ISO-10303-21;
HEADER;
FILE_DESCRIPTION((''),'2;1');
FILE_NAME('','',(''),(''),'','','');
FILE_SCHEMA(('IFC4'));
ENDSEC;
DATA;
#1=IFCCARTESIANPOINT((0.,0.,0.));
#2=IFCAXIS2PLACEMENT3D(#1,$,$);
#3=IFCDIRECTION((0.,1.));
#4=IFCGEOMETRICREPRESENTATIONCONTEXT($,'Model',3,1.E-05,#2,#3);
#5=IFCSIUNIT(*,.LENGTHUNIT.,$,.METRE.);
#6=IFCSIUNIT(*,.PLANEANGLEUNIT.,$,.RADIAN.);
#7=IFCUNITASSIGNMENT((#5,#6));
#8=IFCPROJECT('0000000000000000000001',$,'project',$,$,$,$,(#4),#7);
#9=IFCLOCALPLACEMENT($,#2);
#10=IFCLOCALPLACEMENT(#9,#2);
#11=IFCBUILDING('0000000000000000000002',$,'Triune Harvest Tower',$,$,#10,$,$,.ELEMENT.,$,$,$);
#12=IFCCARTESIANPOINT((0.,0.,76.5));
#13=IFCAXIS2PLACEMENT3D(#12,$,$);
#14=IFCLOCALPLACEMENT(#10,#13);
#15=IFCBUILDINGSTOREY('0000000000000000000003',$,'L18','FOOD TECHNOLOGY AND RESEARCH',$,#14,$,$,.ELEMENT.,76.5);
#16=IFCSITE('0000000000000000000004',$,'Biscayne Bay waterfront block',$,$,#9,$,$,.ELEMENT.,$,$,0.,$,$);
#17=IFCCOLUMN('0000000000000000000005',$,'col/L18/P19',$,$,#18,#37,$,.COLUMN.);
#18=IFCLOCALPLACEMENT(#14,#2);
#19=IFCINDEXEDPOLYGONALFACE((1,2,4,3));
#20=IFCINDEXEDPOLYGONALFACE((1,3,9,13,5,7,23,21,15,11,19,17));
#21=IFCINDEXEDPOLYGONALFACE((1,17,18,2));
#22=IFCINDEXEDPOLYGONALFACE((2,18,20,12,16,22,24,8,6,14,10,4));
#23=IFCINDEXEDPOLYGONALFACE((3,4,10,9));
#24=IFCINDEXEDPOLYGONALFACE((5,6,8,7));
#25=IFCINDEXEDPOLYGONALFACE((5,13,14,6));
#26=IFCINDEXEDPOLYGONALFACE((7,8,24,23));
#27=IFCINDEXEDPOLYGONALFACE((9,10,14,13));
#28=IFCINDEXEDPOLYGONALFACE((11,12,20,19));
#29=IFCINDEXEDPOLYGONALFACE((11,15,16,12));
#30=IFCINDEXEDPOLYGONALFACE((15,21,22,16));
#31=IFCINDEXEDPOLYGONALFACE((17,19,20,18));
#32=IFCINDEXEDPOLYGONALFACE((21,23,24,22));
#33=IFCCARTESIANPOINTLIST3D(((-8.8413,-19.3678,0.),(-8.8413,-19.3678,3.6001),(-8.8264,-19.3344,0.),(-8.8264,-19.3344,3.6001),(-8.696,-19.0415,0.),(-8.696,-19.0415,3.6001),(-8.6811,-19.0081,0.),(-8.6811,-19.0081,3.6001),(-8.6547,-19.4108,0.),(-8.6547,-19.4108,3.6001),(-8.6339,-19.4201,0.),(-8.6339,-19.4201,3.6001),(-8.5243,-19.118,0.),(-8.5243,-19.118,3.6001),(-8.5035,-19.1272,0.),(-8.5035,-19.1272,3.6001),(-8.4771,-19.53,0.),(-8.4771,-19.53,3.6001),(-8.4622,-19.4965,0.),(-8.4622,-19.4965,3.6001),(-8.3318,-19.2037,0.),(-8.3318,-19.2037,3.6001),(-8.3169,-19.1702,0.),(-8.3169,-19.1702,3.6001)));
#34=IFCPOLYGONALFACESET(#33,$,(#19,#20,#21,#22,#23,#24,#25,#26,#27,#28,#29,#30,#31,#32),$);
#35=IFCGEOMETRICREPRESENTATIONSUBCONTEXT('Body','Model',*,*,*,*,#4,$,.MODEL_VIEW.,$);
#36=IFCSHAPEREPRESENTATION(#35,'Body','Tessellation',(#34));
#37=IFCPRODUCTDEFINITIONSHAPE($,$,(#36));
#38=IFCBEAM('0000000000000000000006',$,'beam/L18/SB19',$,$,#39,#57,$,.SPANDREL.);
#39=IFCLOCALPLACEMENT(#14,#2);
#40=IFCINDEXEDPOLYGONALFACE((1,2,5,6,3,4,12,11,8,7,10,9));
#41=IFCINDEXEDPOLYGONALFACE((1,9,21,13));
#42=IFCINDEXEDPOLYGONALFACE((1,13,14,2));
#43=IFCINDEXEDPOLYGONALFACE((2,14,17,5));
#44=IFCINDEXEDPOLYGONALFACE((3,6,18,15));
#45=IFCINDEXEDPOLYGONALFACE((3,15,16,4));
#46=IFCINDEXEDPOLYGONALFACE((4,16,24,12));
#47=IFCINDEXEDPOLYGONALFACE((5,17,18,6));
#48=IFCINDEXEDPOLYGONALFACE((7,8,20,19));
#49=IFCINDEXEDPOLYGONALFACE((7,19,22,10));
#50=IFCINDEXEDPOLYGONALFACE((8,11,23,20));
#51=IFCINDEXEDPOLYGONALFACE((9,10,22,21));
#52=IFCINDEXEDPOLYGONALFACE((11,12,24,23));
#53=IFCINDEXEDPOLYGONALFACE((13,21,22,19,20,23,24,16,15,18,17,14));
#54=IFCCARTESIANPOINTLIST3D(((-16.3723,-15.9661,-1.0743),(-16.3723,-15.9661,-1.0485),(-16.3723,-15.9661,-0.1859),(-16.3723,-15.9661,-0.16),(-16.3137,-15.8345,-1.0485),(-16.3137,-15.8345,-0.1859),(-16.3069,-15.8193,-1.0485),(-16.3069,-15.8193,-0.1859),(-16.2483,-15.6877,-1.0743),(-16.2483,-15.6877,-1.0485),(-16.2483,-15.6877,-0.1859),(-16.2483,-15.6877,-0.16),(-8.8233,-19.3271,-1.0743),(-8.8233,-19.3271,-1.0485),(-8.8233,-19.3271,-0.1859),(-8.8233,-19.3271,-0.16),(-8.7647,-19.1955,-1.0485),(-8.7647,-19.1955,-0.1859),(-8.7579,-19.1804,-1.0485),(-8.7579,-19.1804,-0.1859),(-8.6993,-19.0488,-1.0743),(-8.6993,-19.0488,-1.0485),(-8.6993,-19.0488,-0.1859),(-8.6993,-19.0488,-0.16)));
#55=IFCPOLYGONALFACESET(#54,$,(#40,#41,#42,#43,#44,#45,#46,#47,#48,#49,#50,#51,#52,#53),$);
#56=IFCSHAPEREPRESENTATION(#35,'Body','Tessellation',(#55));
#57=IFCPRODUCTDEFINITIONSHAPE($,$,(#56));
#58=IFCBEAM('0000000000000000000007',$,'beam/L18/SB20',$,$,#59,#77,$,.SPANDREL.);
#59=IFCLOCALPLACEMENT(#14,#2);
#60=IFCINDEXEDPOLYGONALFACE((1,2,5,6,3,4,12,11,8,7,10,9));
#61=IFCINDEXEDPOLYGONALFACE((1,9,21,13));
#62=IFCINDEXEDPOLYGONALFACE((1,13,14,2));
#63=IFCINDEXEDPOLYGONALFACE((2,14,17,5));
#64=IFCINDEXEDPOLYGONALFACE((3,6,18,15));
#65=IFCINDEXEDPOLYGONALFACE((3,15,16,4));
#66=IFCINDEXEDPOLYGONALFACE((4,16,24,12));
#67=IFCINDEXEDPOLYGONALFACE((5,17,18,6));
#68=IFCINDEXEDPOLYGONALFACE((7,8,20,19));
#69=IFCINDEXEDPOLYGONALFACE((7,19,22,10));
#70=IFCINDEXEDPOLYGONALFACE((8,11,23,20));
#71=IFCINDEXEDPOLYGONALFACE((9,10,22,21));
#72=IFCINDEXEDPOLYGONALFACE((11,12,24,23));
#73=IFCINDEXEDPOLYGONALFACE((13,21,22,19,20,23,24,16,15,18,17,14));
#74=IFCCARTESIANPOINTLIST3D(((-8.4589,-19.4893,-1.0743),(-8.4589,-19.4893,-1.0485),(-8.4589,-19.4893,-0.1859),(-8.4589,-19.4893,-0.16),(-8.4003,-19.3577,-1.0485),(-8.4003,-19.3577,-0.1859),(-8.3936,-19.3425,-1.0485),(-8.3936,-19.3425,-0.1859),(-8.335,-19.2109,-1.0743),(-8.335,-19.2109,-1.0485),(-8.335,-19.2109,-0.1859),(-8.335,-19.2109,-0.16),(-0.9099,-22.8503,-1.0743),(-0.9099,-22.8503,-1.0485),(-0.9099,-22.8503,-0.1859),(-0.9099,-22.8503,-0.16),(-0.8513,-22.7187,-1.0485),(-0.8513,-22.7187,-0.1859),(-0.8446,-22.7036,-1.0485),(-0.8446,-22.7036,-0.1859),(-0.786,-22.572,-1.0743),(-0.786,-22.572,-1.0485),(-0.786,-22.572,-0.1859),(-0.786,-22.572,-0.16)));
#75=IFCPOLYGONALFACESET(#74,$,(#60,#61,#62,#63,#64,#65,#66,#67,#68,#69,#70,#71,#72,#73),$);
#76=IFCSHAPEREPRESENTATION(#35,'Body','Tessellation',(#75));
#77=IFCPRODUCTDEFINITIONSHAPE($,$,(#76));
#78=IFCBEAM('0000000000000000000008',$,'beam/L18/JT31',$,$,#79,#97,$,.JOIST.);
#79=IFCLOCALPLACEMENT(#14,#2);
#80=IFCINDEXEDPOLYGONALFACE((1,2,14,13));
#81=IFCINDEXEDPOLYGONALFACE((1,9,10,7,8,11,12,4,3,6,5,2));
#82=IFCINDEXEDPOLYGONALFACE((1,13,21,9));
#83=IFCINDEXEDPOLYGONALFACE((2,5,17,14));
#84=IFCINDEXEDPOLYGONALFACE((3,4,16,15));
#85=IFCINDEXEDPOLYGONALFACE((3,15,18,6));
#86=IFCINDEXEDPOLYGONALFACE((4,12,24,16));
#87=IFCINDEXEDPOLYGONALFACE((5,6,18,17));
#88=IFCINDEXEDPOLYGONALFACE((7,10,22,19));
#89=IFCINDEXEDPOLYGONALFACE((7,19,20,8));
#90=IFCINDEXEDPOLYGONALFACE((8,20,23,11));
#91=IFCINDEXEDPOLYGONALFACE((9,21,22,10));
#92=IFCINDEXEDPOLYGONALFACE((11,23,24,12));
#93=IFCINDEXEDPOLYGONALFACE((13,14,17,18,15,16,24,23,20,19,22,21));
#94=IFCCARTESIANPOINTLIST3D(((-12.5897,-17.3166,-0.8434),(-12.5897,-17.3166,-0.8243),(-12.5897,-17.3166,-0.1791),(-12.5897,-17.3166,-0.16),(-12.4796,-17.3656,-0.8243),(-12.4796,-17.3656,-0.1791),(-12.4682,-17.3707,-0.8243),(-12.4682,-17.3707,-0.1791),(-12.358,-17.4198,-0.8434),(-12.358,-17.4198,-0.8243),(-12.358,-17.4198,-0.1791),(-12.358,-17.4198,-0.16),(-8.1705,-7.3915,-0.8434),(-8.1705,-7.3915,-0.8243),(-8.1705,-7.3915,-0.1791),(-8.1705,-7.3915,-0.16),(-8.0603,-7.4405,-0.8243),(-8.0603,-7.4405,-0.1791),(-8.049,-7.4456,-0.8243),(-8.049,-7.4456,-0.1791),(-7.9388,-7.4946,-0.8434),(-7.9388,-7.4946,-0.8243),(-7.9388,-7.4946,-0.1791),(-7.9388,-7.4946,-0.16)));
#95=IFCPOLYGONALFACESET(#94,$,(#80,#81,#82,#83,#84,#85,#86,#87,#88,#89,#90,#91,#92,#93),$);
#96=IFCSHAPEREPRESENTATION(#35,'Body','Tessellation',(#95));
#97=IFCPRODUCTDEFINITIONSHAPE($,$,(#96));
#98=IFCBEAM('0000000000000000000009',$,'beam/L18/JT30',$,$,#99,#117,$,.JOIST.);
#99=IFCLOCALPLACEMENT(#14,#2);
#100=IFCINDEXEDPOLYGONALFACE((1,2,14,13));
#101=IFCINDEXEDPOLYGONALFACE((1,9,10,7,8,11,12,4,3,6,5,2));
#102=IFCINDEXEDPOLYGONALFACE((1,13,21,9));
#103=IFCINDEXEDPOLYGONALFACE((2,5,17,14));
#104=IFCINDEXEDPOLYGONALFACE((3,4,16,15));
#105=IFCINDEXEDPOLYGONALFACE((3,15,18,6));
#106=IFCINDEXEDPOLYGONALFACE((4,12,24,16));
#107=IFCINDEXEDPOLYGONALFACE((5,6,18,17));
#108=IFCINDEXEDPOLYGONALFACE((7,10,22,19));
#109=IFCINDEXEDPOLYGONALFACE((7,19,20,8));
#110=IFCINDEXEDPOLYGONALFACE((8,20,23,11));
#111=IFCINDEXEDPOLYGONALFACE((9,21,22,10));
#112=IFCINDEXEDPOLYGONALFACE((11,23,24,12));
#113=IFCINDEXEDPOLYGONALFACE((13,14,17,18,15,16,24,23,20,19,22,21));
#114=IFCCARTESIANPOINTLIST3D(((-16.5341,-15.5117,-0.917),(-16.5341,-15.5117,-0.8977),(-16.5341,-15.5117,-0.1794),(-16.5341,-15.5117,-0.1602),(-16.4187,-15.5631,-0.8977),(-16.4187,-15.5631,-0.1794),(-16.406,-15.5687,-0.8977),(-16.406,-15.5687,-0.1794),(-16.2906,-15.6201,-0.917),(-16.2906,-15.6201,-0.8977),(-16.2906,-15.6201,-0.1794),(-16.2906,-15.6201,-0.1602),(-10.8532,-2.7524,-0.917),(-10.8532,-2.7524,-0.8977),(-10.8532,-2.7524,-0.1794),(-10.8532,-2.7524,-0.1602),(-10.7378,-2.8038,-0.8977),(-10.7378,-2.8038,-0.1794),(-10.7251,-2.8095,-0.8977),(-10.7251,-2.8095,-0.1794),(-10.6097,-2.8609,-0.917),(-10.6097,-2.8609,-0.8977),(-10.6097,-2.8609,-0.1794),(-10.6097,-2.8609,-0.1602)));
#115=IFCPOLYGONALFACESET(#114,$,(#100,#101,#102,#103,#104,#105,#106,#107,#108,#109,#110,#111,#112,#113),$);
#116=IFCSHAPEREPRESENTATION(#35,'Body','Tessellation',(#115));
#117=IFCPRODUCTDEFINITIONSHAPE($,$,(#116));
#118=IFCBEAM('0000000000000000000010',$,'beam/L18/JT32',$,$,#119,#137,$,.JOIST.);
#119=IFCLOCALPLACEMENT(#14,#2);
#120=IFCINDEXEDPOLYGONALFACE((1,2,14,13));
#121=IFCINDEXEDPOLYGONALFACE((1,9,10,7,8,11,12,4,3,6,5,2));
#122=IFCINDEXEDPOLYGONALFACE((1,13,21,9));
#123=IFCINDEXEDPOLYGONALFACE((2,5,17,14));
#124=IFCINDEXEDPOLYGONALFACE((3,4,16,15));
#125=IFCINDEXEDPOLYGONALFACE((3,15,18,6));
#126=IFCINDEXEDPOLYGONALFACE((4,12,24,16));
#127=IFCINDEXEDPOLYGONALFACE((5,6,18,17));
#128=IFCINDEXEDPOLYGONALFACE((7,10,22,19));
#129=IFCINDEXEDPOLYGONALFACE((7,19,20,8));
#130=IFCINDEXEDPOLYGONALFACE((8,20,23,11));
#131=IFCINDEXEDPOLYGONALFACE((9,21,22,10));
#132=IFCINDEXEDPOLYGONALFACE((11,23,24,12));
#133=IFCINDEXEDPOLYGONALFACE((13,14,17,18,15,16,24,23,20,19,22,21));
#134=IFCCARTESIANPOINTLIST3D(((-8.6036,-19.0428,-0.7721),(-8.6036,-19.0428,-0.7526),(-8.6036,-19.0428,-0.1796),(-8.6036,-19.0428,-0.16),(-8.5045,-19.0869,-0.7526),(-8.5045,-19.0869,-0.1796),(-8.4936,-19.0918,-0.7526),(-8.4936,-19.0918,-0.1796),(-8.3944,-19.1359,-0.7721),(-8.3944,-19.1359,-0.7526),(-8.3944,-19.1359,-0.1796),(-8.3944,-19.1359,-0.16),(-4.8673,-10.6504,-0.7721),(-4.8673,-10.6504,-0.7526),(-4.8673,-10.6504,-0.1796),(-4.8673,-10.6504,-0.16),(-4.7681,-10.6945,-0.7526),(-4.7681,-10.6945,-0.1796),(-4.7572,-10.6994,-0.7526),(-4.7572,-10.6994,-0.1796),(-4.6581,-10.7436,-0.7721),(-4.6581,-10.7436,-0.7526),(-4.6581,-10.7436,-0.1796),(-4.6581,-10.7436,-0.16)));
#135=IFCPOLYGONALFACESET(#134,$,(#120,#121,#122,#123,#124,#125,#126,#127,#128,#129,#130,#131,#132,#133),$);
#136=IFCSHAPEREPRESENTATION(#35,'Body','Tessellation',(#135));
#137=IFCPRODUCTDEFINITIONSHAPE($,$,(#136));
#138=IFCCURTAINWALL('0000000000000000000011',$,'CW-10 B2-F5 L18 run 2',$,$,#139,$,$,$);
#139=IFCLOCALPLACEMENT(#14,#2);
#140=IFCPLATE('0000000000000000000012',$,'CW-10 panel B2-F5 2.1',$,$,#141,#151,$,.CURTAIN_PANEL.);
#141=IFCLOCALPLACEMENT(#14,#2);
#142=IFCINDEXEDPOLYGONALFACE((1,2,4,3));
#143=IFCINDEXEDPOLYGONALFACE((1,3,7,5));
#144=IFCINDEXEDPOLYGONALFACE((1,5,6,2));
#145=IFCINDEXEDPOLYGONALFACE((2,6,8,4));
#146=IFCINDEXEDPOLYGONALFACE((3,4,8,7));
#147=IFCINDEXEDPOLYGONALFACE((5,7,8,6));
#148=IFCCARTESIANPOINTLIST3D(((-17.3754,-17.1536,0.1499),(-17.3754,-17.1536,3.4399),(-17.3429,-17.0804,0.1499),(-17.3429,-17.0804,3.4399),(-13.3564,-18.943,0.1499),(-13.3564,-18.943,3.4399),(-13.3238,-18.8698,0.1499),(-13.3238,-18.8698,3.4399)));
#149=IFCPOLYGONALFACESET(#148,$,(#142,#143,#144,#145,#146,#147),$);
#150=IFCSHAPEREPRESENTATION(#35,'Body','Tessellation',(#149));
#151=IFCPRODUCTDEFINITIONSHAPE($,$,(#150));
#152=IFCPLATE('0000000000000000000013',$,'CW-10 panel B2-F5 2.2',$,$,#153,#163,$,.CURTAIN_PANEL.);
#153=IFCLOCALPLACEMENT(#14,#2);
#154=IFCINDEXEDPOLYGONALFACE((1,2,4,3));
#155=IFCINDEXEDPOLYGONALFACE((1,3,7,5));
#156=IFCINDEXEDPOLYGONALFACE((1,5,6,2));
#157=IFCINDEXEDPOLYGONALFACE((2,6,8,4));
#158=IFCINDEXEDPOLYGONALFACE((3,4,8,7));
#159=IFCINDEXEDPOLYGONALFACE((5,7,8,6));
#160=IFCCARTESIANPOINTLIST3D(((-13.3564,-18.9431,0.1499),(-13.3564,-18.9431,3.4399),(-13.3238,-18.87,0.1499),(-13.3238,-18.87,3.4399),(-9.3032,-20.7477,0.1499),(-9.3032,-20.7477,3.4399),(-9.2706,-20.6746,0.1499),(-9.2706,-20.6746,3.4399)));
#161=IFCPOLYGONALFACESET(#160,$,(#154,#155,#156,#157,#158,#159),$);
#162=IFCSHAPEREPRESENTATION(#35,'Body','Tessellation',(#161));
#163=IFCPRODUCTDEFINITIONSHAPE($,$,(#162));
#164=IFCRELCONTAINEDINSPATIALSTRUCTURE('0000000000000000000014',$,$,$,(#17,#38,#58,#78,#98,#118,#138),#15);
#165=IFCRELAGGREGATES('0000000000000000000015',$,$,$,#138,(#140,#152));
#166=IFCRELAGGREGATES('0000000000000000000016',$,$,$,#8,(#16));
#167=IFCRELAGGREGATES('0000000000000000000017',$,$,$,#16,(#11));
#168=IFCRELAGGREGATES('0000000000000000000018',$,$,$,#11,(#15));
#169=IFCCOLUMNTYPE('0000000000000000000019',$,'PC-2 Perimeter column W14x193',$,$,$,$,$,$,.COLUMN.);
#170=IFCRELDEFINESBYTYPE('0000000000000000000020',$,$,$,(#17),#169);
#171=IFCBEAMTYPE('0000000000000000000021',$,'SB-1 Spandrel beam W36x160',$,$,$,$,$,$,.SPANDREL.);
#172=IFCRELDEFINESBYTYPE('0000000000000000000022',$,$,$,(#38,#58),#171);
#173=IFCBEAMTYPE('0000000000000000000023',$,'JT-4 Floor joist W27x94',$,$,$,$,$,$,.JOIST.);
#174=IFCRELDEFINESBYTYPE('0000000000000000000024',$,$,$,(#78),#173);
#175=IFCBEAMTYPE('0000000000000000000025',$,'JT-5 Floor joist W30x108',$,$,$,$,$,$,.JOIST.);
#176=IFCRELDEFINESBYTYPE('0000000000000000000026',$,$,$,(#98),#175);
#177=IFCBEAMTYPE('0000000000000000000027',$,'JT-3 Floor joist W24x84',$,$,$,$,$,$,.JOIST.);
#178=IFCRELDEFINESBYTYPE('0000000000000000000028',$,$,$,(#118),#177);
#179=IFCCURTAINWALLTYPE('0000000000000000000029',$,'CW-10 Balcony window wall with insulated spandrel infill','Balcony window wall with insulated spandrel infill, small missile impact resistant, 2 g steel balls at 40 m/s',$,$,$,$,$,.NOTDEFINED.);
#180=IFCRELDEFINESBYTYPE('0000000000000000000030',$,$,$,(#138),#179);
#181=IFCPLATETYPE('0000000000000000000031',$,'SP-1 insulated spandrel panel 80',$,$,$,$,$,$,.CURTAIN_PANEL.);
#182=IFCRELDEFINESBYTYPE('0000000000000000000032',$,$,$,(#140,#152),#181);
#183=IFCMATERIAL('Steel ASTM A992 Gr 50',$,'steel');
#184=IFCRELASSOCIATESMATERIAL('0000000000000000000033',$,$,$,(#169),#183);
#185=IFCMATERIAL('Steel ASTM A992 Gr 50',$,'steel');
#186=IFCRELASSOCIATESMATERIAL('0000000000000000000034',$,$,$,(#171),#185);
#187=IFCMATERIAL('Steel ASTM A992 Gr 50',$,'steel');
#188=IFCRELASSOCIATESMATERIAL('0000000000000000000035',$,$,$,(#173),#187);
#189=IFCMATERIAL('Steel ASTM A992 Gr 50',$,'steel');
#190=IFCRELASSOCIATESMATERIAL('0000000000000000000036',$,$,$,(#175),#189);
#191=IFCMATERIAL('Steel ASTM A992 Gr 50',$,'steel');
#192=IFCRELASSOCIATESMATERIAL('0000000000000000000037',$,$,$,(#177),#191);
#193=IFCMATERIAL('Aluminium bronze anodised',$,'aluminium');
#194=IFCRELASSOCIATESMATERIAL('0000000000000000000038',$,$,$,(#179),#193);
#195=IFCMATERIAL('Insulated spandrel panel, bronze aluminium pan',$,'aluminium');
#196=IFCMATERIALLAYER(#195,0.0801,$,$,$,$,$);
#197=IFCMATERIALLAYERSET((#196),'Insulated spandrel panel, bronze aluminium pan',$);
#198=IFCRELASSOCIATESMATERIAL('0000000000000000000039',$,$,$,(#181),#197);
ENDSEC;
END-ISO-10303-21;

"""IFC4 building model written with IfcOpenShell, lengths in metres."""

from ifc_helpers import new_model, si_unit, direction, frame, origin, origin_2d, place, context, subcontext, project, spatial, rectangle, i_section, extrude, source, transform, mapped, material, layer, layer_set, material_profile, profile_set, type_object, element, aggregate, save


model = new_model("IFC4")

# Units and contexts
model_context = context("Model", 3, precision=1e-05, world=origin(), true_north=direction((0.0, 1.0)))
body_context = subcontext(model_context, "Body", "Model", "MODEL_VIEW")
ifc_project = project(units=[si_unit("LENGTHUNIT", "METRE"), si_unit("PLANEANGLEUNIT", "RADIAN")], contexts=[model_context])

# Site, building, storey
site_placement = place(None, origin())
site = spatial("IfcSite", under=ifc_project, at=site_placement, Name="Biscayne Bay waterfront block", CompositionType="ELEMENT", RefElevation=0.0)
building_placement = place(site_placement, origin())
building = spatial("IfcBuilding", under=site, at=building_placement, Name="Triune Harvest Tower", CompositionType="ELEMENT")
storey_placement = place(building_placement, frame((0.0, 0.0, 76.5)))
storey = spatial("IfcBuildingStorey", under=building, at=storey_placement, Name="L18", Description="FOOD TECHNOLOGY AND RESEARCH", CompositionType="ELEMENT", Elevation=76.5)

# Column
ifc_material_1 = material(Name="Steel ASTM A992 Gr 50", Category="steel")
ifc_material_profile_1 = material_profile(ifc_material_1, i_section(OverallWidth=0.3987, OverallDepth=0.3938, WebThickness=0.0227, FlangeThickness=0.0366, at=origin_2d()), Name="W14x193")
ifc_profile_set_1 = profile_set([ifc_material_profile_1], Name="Steel ASTM A992 Gr 50")
column_type = type_object("IfcColumnType", Name="PC-2 Perimeter column W14x193", PredefinedType="COLUMN", material=ifc_profile_set_1)
shared_shape_1 = source(origin(), body_context, "Body", "SweptSolid", [
    extrude(i_section(OverallWidth=0.3987, OverallDepth=0.3938, WebThickness=0.0227, FlangeThickness=0.0366, at=origin_2d()), origin(), (0.0, 0.0, 1.0), 3.6001),
])
column_placement = place(storey_placement, frame((-8.5791, -19.269, 0.0), z_axis=(0.0, 0.0, 1.0), x_axis=(0.913545, -0.406737, 0.0)))
element("IfcColumn", 1, at=column_placement, inside=storey, type_object=column_type, Name="col/L18/P19", PredefinedType="COLUMN", context=body_context, shape_type="MappedRepresentation", body=[
    mapped(shared_shape_1, transform((0.0, 0.0, 0.0), scale=1.0)),
])

# Beams
ifc_material_2 = material(Name="Steel ASTM A992 Gr 50", Category="steel")
ifc_material_profile_2 = material_profile(ifc_material_2, i_section(OverallWidth=0.3047, OverallDepth=0.9143, WebThickness=0.0166, FlangeThickness=0.0259, at=origin_2d()), Name="W36x160")
ifc_profile_set_2 = profile_set([ifc_material_profile_2], Name="Steel ASTM A992 Gr 50")
beam_type_1 = type_object("IfcBeamType", Name="SB-1 Spandrel beam W36x160", PredefinedType="SPANDREL", material=ifc_profile_set_2)
shared_shape_2 = source(origin(), body_context, "Body", "SweptSolid", [
    extrude(i_section(OverallWidth=0.3047, OverallDepth=0.9143, WebThickness=0.0166, FlangeThickness=0.0259, at=origin_2d()), origin(), (0.0, 0.0, 1.0), 8.2634),
])
for number, where, z_axis, x_axis, name in (
    (2, (-16.3103, -15.8269, -0.6172), (0.913545, -0.406739, 0.0), (0.406739, 0.913545, 0.0), "beam/L18/SB19"),
    (3, (-8.397, -19.3501, -0.6172), (0.913545, -0.406739, 0.0), (0.406739, 0.913545, 0.0), "beam/L18/SB20"),
):
    element("IfcBeam", number, at=place(storey_placement, frame(where, z_axis=z_axis, x_axis=x_axis)), inside=storey, type_object=beam_type_1, Name=name, PredefinedType="SPANDREL", context=body_context, shape_type="MappedRepresentation", body=[
        mapped(shared_shape_2, transform((0.0, 0.0, 0.0), scale=1.0)),
    ])
ifc_material_3 = material(Name="Steel ASTM A992 Gr 50", Category="steel")
ifc_material_profile_3 = material_profile(ifc_material_3, i_section(OverallWidth=0.2537, OverallDepth=0.6833, WebThickness=0.0125, FlangeThickness=0.019, at=origin_2d()), Name="W27x94")
ifc_profile_set_3 = profile_set([ifc_material_profile_3], Name="Steel ASTM A992 Gr 50")
beam_type_2 = type_object("IfcBeamType", Name="JT-4 Floor joist W27x94", PredefinedType="JOIST", material=ifc_profile_set_3)
shared_shape_3 = source(origin(), body_context, "Body", "SweptSolid", [
    extrude(i_section(OverallWidth=0.2537, OverallDepth=0.6833, WebThickness=0.0125, FlangeThickness=0.019, at=origin_2d()), origin(), (0.0, 0.0, 1.0), 10.8645),
])
beam_1_placement = place(storey_placement, frame((-12.4739, -17.3682, -0.5017), z_axis=(0.406758, 0.913536, 0.0), x_axis=(-0.913536, 0.406758, 0.0)))
element("IfcBeam", 4, at=beam_1_placement, inside=storey, type_object=beam_type_2, Name="beam/L18/JT31", PredefinedType="JOIST", context=body_context, shape_type="MappedRepresentation", body=[
    mapped(shared_shape_3, transform((0.0, 0.0, 0.0), scale=1.0)),
])
ifc_material_4 = material(Name="Steel ASTM A992 Gr 50", Category="steel")
ifc_material_profile_4 = material_profile(ifc_material_4, i_section(OverallWidth=0.2666, OverallDepth=0.7568, WebThickness=0.0139, FlangeThickness=0.0193, at=origin_2d()), Name="W30x108")
ifc_profile_set_4 = profile_set([ifc_material_profile_4], Name="Steel ASTM A992 Gr 50")
beam_type_3 = type_object("IfcBeamType", Name="JT-5 Floor joist W30x108", PredefinedType="JOIST", material=ifc_profile_set_4)
shared_shape_4 = source(origin(), body_context, "Body", "SweptSolid", [
    extrude(i_section(OverallWidth=0.2666, OverallDepth=0.7568, WebThickness=0.0139, FlangeThickness=0.0193, at=origin_2d()), origin(), (0.0, 0.0, 1.0), 13.9668),
])
beam_2_placement = place(storey_placement, frame((-16.4124, -15.5659, -0.5386), z_axis=(0.406743, 0.913542, 0.0), x_axis=(-0.913542, 0.406743, 0.0)))
element("IfcBeam", 5, at=beam_2_placement, inside=storey, type_object=beam_type_3, Name="beam/L18/JT30", PredefinedType="JOIST", context=body_context, shape_type="MappedRepresentation", body=[
    mapped(shared_shape_4, transform((0.0, 0.0, 0.0), scale=1.0)),
])
ifc_material_5 = material(Name="Steel ASTM A992 Gr 50", Category="steel")
ifc_material_profile_5 = material_profile(ifc_material_5, i_section(OverallWidth=0.229, OverallDepth=0.6121, WebThickness=0.012, FlangeThickness=0.0195, at=origin_2d()), Name="W24x84")
ifc_profile_set_5 = profile_set([ifc_material_profile_5], Name="Steel ASTM A992 Gr 50")
beam_type_4 = type_object("IfcBeamType", Name="JT-3 Floor joist W24x84", PredefinedType="JOIST", material=ifc_profile_set_5)
shared_shape_5 = source(origin(), body_context, "Body", "SweptSolid", [
    extrude(i_section(OverallWidth=0.229, OverallDepth=0.6121, WebThickness=0.012, FlangeThickness=0.0195, at=origin_2d()), origin(), (0.0, 0.0, 1.0), 9.1865),
])
beam_3_placement = place(storey_placement, frame((-8.499, -19.0894, -0.4661), z_axis=(0.40672, 0.913553, 0.0), x_axis=(-0.913553, 0.40672, 0.0)))
element("IfcBeam", 6, at=beam_3_placement, inside=storey, type_object=beam_type_4, Name="beam/L18/JT32", PredefinedType="JOIST", context=body_context, shape_type="MappedRepresentation", body=[
    mapped(shared_shape_5, transform((0.0, 0.0, 0.0), scale=1.0)),
])

# Curtain wall, plates
ifc_material_6 = material(Name="Aluminium bronze anodised", Category="aluminium")
curtain_wall_type = type_object("IfcCurtainWallType", Name="CW-10 Balcony window wall with insulated spandrel infill", Description="Balcony window wall with insulated spandrel infill, small missile impact resistant, 2 g steel balls at 40 m/s", PredefinedType="NOTDEFINED", material=ifc_material_6)
curtain_wall_placement = place(storey_placement, origin())
curtain_wall = element("IfcCurtainWall", 7, at=curtain_wall_placement, inside=storey, type_object=curtain_wall_type, Name="CW-10 B2-F5 L18 run 2")
ifc_material_7 = material(Name="Insulated spandrel panel, bronze aluminium pan", Category="aluminium")
ifc_layer_1 = layer(ifc_material_7, 0.0801)
ifc_layer_set_1 = layer_set([ifc_layer_1], Name="Insulated spandrel panel, bronze aluminium pan")
plate_type = type_object("IfcPlateType", Name="SP-1 insulated spandrel panel 80", PredefinedType="CURTAIN_PANEL", material=ifc_layer_set_1)
shared_shape_6 = source(origin(), body_context, "Body", "SweptSolid", [
    extrude(rectangle(XDim=4.3994, YDim=0.0801, at=origin_2d()), origin(), (0.0, 0.0, 1.0), 3.29),
])
plate_1_placement = place(storey_placement, frame((-15.3496, -18.0117, 0.1499), z_axis=(0.0, 0.0, 1.0), x_axis=(0.913545, -0.406737, 0.0)))
plate_1 = element("IfcPlate", 8, at=plate_1_placement, type_object=plate_type, Name="CW-10 panel B2-F5 2.1", PredefinedType="CURTAIN_PANEL", context=body_context, shape_type="MappedRepresentation", body=[
    mapped(shared_shape_6, transform((0.0, 0.0, 0.0), scale=1.0)),
])
shared_shape_7 = source(origin(), body_context, "Body", "SweptSolid", [
    extrude(rectangle(XDim=4.4368, YDim=0.0801, at=origin_2d()), origin(), (0.0, 0.0, 1.0), 3.29),
])
plate_2_placement = place(storey_placement, frame((-11.3135, -19.8088, 0.1499), z_axis=(0.0, 0.0, 1.0), x_axis=(0.913545, -0.406737, 0.0)))
plate_2 = element("IfcPlate", 9, at=plate_2_placement, type_object=plate_type, Name="CW-10 panel B2-F5 2.2", PredefinedType="CURTAIN_PANEL", context=body_context, shape_type="MappedRepresentation", body=[
    mapped(shared_shape_7, transform((0.0, 0.0, 0.0), scale=1.0)),
])
aggregate(curtain_wall, [plate_1, plate_2])

save(model, "model.ifc")
